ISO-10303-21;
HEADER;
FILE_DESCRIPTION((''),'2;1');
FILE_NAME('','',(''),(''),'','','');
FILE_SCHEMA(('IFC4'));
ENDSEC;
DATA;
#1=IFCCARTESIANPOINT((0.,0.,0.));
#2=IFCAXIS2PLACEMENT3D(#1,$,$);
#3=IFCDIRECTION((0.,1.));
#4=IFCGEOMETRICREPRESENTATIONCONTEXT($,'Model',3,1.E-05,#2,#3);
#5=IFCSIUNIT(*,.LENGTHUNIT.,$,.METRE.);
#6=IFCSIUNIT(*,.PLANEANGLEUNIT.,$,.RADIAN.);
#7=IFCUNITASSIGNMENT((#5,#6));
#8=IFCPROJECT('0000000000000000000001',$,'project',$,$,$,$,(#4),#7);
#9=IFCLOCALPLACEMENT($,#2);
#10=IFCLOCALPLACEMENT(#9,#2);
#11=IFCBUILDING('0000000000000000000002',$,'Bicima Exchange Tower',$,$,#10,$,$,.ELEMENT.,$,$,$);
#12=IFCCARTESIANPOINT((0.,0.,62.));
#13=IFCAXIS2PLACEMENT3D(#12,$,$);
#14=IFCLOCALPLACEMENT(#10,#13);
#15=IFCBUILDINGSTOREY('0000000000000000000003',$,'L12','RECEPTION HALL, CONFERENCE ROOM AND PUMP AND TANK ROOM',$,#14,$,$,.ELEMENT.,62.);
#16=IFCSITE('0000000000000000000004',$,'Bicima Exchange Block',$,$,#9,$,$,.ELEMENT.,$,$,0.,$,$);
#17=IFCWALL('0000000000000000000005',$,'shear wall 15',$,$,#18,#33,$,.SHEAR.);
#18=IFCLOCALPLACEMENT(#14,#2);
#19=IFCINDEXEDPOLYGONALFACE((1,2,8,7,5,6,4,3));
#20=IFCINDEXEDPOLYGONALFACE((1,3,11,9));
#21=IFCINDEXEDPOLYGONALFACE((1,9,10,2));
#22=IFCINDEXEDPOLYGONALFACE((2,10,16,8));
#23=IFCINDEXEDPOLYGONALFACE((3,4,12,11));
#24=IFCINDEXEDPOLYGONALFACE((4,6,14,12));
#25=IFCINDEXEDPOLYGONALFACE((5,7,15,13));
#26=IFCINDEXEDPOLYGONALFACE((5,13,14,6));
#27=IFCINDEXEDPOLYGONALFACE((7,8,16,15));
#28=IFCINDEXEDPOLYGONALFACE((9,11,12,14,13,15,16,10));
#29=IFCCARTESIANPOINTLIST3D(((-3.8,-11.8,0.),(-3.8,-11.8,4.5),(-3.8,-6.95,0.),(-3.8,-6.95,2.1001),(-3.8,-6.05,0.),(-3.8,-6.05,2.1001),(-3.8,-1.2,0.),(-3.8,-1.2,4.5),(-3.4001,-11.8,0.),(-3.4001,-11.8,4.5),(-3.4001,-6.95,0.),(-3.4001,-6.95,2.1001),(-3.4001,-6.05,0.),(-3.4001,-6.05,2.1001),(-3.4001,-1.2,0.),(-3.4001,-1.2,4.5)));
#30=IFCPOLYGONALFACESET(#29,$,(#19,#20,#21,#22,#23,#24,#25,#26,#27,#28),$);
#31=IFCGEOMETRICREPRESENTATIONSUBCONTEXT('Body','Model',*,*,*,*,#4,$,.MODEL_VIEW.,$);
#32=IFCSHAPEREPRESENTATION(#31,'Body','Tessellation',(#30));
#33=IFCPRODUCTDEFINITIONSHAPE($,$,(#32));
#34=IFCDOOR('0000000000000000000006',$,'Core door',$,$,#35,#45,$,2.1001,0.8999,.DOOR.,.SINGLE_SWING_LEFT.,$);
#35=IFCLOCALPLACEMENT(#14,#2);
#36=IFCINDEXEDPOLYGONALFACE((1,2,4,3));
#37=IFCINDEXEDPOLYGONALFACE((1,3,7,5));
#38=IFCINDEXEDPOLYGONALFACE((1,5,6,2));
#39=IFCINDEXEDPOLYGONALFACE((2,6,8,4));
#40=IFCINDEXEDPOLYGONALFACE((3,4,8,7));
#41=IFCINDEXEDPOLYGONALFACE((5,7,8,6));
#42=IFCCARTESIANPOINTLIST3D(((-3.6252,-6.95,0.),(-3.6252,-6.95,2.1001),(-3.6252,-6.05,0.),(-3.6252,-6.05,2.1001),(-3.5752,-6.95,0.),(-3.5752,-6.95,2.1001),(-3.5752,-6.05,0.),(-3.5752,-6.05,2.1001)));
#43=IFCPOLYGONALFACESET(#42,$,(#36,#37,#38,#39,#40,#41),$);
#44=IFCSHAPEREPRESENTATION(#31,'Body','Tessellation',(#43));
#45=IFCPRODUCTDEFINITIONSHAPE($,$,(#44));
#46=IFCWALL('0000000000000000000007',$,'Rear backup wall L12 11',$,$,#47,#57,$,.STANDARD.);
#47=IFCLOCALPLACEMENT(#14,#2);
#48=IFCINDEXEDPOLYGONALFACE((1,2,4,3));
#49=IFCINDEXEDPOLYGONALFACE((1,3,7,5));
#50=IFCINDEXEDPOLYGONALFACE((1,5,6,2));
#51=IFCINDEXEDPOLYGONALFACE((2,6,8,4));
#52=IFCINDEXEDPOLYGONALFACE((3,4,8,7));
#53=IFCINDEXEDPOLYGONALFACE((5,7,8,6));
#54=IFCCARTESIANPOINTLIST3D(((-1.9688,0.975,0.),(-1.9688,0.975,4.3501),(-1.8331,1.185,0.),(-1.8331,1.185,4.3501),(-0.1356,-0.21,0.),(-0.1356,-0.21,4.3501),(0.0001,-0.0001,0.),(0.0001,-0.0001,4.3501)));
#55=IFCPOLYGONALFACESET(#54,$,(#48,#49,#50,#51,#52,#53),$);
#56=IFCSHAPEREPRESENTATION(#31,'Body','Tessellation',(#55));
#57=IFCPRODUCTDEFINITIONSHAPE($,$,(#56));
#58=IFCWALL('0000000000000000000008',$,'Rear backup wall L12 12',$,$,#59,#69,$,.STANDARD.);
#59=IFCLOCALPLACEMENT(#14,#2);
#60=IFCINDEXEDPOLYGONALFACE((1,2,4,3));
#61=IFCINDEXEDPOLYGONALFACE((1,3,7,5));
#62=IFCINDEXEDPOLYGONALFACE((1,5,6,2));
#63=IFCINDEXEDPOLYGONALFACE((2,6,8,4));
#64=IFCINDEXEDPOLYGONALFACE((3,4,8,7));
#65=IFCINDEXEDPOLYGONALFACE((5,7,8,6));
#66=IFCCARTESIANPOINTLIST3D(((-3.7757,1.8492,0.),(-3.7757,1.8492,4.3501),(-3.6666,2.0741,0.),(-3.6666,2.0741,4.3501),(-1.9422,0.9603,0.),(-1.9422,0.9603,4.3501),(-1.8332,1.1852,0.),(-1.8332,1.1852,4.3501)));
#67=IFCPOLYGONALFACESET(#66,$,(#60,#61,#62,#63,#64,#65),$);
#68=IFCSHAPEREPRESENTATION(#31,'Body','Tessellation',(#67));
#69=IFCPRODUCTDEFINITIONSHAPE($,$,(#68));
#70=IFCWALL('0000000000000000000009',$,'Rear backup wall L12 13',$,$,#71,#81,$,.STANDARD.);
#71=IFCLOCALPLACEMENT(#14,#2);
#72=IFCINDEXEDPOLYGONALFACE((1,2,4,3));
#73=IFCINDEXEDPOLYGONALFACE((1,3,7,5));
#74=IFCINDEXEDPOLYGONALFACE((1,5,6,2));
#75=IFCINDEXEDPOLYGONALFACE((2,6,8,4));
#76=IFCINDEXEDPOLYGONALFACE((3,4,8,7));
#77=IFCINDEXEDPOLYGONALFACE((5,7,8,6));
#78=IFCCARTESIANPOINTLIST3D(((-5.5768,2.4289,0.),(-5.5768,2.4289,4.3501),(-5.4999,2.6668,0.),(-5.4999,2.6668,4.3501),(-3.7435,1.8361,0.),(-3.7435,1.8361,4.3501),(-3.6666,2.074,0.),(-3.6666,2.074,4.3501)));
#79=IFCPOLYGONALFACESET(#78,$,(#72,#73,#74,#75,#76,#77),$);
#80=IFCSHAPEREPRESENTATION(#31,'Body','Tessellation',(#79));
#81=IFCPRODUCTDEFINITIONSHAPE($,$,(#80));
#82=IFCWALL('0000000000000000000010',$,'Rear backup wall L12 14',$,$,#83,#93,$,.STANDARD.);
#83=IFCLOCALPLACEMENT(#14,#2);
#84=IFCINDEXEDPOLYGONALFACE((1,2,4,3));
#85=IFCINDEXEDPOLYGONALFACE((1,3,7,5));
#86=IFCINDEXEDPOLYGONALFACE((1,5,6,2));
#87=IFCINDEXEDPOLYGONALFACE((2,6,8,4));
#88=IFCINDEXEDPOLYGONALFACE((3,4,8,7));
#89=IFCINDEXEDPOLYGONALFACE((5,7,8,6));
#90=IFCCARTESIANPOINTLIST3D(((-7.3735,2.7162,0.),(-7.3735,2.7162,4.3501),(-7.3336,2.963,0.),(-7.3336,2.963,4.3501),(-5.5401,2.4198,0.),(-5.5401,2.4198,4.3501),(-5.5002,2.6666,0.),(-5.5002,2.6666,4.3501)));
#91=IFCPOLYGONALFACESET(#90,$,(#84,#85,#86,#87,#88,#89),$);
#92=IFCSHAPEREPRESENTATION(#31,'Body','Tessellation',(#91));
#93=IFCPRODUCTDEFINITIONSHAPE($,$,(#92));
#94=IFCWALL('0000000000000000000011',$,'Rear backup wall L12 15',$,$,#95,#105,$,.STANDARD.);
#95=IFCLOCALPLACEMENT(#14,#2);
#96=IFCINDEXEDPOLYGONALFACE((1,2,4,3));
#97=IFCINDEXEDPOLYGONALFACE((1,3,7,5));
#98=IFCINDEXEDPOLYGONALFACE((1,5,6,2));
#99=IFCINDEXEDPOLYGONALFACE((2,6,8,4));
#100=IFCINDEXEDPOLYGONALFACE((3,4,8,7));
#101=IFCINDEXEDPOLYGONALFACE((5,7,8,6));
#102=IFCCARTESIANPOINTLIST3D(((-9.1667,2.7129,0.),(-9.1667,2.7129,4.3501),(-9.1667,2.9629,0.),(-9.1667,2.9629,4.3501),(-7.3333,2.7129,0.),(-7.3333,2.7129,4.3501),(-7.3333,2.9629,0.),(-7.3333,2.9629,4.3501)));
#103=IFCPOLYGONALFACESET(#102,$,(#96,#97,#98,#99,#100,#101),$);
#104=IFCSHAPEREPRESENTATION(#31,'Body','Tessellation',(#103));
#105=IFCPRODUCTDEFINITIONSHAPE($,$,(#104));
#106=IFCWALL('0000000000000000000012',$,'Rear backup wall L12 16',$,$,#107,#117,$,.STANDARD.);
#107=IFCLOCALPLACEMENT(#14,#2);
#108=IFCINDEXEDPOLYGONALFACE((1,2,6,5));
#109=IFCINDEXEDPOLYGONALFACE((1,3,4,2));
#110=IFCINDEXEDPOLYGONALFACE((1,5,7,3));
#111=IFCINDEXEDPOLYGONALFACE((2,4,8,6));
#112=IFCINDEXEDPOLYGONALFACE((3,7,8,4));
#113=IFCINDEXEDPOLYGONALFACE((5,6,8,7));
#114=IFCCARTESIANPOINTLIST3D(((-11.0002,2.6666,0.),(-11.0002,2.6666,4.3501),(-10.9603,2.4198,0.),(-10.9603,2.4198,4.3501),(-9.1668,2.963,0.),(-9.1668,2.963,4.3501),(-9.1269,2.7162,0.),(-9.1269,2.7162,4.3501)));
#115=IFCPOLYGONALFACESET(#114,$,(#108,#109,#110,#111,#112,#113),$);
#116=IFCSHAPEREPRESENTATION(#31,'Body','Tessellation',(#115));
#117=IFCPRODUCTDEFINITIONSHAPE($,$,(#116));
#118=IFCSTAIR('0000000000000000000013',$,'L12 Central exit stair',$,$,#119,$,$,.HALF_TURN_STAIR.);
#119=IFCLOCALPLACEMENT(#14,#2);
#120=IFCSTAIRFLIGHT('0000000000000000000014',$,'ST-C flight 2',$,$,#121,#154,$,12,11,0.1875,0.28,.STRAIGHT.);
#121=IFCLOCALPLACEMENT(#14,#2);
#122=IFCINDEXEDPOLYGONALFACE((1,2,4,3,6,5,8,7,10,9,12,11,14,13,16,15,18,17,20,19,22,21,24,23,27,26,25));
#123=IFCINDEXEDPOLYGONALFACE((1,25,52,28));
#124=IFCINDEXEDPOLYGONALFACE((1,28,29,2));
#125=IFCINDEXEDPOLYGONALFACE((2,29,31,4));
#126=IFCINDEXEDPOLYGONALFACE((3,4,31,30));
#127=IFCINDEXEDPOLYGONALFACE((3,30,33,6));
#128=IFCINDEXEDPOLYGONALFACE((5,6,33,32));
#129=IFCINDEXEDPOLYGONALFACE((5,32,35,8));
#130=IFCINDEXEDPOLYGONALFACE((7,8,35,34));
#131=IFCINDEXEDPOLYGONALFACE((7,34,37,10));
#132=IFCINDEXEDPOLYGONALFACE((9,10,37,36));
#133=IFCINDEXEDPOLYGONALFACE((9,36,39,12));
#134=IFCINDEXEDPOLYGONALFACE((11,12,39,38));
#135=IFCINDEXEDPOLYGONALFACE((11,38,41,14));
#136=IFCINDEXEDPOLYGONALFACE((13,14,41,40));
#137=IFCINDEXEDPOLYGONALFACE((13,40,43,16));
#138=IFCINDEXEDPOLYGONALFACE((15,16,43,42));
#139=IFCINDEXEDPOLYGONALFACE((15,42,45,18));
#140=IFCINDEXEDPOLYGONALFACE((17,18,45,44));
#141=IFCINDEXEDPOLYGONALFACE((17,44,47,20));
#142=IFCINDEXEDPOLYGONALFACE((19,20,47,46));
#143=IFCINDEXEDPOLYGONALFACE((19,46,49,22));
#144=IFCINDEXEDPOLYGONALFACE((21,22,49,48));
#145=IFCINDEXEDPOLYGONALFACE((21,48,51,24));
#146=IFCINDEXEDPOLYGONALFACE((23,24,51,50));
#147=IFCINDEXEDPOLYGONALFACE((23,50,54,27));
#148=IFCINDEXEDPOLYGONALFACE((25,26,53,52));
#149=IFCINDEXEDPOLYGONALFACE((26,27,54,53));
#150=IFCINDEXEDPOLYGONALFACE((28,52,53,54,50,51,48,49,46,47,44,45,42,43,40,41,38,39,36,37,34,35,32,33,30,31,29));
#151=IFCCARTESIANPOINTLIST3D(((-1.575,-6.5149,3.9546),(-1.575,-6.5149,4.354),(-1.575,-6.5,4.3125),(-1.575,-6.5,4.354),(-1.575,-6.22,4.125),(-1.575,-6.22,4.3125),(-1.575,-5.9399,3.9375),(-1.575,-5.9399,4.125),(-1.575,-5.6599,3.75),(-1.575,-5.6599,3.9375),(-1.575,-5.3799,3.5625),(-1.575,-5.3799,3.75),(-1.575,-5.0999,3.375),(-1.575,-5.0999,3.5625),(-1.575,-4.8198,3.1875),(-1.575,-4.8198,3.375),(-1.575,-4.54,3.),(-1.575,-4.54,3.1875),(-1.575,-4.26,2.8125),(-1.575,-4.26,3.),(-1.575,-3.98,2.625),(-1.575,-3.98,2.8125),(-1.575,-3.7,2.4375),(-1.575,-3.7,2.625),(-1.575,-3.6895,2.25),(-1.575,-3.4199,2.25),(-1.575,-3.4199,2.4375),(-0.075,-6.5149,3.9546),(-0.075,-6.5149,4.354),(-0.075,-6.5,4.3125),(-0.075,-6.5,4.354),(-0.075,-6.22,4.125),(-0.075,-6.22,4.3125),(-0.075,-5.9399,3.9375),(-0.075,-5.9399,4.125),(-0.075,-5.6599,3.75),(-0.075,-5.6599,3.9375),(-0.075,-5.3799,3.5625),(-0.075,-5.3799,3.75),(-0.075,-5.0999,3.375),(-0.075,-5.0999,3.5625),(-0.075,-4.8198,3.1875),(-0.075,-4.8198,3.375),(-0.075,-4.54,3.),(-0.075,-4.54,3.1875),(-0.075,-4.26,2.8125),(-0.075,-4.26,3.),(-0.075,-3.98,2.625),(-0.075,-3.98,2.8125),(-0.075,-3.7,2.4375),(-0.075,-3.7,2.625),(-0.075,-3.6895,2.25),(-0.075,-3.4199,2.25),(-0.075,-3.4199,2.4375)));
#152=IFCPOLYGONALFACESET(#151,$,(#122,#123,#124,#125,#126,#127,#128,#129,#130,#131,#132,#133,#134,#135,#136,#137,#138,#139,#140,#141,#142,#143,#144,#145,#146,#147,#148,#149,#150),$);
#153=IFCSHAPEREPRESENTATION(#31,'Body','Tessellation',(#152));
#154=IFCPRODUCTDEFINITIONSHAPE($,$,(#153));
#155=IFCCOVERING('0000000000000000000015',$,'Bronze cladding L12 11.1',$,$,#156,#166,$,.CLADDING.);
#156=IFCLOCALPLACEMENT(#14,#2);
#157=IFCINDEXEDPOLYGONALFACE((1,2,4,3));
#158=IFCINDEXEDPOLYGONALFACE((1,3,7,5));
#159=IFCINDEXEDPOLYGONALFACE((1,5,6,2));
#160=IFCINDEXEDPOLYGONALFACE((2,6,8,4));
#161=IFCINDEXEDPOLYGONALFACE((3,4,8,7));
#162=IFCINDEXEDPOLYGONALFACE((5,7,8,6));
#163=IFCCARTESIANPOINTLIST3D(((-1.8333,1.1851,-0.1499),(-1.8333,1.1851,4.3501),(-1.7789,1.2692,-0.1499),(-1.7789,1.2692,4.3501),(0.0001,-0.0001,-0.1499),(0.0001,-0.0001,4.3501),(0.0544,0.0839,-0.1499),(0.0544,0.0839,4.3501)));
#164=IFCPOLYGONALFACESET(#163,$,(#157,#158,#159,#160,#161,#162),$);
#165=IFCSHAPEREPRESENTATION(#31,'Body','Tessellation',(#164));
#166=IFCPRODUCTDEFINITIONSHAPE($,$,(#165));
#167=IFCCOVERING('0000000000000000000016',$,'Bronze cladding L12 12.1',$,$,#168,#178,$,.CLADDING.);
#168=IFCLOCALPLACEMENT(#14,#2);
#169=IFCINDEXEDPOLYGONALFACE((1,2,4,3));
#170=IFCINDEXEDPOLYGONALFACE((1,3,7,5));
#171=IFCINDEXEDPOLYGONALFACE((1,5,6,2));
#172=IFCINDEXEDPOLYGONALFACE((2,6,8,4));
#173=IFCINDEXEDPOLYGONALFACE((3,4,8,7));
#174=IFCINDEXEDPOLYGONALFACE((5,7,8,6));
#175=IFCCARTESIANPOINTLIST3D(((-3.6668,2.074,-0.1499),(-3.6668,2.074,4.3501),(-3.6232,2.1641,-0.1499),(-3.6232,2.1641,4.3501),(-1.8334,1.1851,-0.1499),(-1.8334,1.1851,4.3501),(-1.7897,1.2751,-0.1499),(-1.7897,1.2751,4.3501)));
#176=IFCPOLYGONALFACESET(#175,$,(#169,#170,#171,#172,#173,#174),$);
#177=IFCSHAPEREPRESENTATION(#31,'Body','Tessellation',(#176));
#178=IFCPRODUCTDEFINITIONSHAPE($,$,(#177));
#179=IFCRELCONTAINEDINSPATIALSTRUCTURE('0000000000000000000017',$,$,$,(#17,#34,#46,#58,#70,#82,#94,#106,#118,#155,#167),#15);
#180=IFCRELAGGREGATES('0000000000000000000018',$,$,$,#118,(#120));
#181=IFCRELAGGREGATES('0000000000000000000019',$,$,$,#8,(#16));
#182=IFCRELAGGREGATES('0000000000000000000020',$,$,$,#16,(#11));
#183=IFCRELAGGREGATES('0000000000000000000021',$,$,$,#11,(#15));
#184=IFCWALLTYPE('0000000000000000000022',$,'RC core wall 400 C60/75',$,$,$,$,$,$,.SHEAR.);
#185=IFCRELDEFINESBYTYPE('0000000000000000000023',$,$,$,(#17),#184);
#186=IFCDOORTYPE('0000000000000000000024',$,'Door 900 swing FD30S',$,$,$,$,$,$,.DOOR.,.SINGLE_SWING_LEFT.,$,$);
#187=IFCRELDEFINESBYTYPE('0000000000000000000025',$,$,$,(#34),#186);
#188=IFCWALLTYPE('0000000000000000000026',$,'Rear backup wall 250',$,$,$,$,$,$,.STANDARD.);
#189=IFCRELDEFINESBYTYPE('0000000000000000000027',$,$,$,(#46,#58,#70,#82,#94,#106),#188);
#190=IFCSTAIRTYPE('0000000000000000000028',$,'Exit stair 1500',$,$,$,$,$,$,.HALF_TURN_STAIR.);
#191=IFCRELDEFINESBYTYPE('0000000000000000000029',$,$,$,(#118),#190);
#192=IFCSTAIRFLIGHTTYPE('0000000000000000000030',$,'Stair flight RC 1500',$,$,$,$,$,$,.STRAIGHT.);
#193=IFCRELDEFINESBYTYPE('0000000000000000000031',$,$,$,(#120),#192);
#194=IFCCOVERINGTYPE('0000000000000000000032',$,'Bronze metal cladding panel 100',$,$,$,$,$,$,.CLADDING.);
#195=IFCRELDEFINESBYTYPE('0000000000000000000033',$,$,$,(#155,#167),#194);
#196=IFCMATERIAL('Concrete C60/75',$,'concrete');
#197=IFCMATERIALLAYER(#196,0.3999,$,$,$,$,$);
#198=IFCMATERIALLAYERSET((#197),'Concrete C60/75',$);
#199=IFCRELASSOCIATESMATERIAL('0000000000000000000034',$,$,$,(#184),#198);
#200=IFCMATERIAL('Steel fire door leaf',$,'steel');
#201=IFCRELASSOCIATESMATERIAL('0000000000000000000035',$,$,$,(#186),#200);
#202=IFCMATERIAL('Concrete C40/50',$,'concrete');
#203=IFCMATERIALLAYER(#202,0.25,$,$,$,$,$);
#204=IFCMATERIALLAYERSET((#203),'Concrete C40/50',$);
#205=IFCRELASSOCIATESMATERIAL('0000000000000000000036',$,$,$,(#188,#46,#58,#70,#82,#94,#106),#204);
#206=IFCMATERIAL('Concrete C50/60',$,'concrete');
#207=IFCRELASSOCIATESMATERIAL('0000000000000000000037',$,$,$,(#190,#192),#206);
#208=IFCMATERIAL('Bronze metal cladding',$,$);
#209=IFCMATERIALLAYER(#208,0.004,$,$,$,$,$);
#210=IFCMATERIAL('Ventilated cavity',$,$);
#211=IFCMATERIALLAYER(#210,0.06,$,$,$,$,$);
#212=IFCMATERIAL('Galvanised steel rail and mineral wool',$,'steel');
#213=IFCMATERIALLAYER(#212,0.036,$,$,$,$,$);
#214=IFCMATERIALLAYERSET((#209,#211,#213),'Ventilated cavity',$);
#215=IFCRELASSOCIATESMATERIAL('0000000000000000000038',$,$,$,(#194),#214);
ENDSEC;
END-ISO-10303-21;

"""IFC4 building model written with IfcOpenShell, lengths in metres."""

from ifc_helpers import new_model, si_unit, direction, frame, frame_2d, origin, origin_2d, place, context, subcontext, project, spatial, polyline, rectangle, outline, extrude, material, layer, layer_set, layer_usage, type_object, element, fill, aggregate, save


model = new_model("IFC4")

# Units and contexts
model_context = context("Model", 3, precision=1e-05, world=origin(), true_north=direction((0.0, 1.0)))
body_context = subcontext(model_context, "Body", "Model", "MODEL_VIEW")
ifc_project = project(units=[si_unit("LENGTHUNIT", "METRE"), si_unit("PLANEANGLEUNIT", "RADIAN")], contexts=[model_context])

# Site, building, storey
site_placement = place(None, origin())
site = spatial("IfcSite", under=ifc_project, at=site_placement, Name="Bicima Exchange Block", CompositionType="ELEMENT", RefElevation=0.0)
building_placement = place(site_placement, origin())
building = spatial("IfcBuilding", under=site, at=building_placement, Name="Bicima Exchange Tower", CompositionType="ELEMENT")
storey_placement = place(building_placement, frame((0.0, 0.0, 62.0)))
storey = spatial("IfcBuildingStorey", under=building, at=storey_placement, Name="L12", Description="RECEPTION HALL, CONFERENCE ROOM AND PUMP AND TANK ROOM", CompositionType="ELEMENT", Elevation=62.0)

# Shared definitions
ifc_material_1 = material(Name="Concrete C50/60", Category="concrete")
ifc_material_2 = material(Name="Steel fire door leaf", Category="steel")

# Wall, opening, door
ifc_material_3 = material(Name="Concrete C60/75", Category="concrete")
ifc_layer_1 = layer(ifc_material_3, 0.3999)
ifc_layer_set_1 = layer_set([ifc_layer_1], Name="Concrete C60/75")
wall_type_1 = type_object("IfcWallType", Name="RC core wall 400 C60/75", PredefinedType="SHEAR", material=ifc_layer_set_1)
door_type_1 = type_object("IfcDoorType", Name="Door 900 swing FD30S", OperationType="SINGLE_SWING_LEFT", PredefinedType="DOOR", material=ifc_material_2)
wall_1_placement = place(storey_placement, frame((-3.6001, -11.8, 0.0), z_axis=(0.0, 0.0, 1.0), x_axis=(0.0, 1.0, 0.0)))
wall_1 = element("IfcWall", 1, at=wall_1_placement, inside=storey, type_object=wall_type_1, Name="shear wall 15", PredefinedType="SHEAR", context=body_context, shape_type="SweptSolid", body=[
    extrude(rectangle(XDim=10.6001, YDim=0.3999, at=frame_2d((5.3, 0.0))), origin(), (0.0, 0.0, 1.0), 4.5),
])
opening_1_placement = place(wall_1_placement, frame((4.8501, 0.0, 0.0)))
opening_1 = element("IfcOpeningElement", 2, at=opening_1_placement, cuts=wall_1, PredefinedType="OPENING", context=body_context, shape_type="SweptSolid", body=[
    extrude(rectangle(XDim=0.8999, YDim=2.1001, at=frame_2d((0.45, 1.05))), frame((0.0, 0.2119, 0.0), z_axis=(0.0, -1.0, 0.0), x_axis=(1.0, 0.0, 0.0)), (0.0, 0.0, 1.0), 0.4238),
])
door_1_placement = place(opening_1_placement, frame((0.8999, 0.0, 0.0), z_axis=(0.0, 0.0, 1.0), x_axis=(-1.0, 0.0, 0.0)))
door_1 = element("IfcDoor", 3, at=door_1_placement, inside=storey, type_object=door_type_1, Name="Core door", OperationType="SINGLE_SWING_LEFT", OverallHeight=2.1001, OverallWidth=0.8999, PredefinedType="DOOR", context=body_context, shape_type="SweptSolid", body=[
    extrude(rectangle(XDim=0.8999, YDim=2.1001, at=frame_2d((0.45, 1.05))), frame((0.0, 0.0249, 0.0), z_axis=(0.0, -1.0, 0.0), x_axis=(1.0, 0.0, 0.0)), (0.0, 0.0, 1.0), 0.05),
])
fill(opening_1, door_1)

# Walls
ifc_material_4 = material(Name="Concrete C40/50", Category="concrete")
ifc_layer_2 = layer(ifc_material_4, 0.25)
ifc_layer_set_2 = layer_set([ifc_layer_2], Name="Concrete C40/50")
ifc_layer_usage = layer_usage(ifc_layer_set_2, "AXIS2", "POSITIVE", -0.125)
wall_type_2 = type_object("IfcWallType", Name="Rear backup wall 250", PredefinedType="STANDARD", material=ifc_layer_set_2)
wall_2_placement = place(storey_placement, frame((-0.0679, -0.105, 0.0), z_axis=(0.0, 0.0, 1.0), x_axis=(-0.839813, 0.542876, 0.0)))
element("IfcWall", 4, at=wall_2_placement, inside=storey, type_object=wall_type_2, material=ifc_layer_usage, Name="Rear backup wall L12 11", PredefinedType="STANDARD", context=body_context, shape_type="SweptSolid", body=[
    extrude(rectangle(XDim=2.1829, YDim=0.25, at=frame_2d((1.0913, 0.0))), origin(), (0.0, 0.0, 1.0), 4.3501),
])
wall_3_placement = place(storey_placement, frame((-1.8877, 1.0728, 0.0), z_axis=(0.0, 0.0, 1.0), x_axis=(-0.899824, 0.436253, 0.0)))
element("IfcWall", 5, at=wall_3_placement, inside=storey, type_object=wall_type_2, material=ifc_layer_usage, Name="Rear backup wall L12 12", PredefinedType="STANDARD", context=body_context, shape_type="SweptSolid", body=[
    extrude(rectangle(XDim=2.0376, YDim=0.25, at=frame_2d((1.0188, 0.0))), origin(), (0.0, 0.0, 1.0), 4.3501),
])
wall_4_placement = place(storey_placement, frame((-3.7051, 1.9551, 0.0), z_axis=(0.0, 0.0, 1.0), x_axis=(-0.951496, 0.307662, 0.0)))
element("IfcWall", 6, at=wall_4_placement, inside=storey, type_object=wall_type_2, material=ifc_layer_usage, Name="Rear backup wall L12 13", PredefinedType="STANDARD", context=body_context, shape_type="SweptSolid", body=[
    extrude(rectangle(XDim=1.9268, YDim=0.25, at=frame_2d((0.9634, 0.0))), origin(), (0.0, 0.0, 1.0), 4.3501),
])
wall_5_placement = place(storey_placement, frame((-5.52, 2.5432, 0.0), z_axis=(0.0, 0.0, 1.0), x_axis=(-0.987182, 0.1596, 0.0)))
element("IfcWall", 7, at=wall_5_placement, inside=storey, type_object=wall_type_2, material=ifc_layer_usage, Name="Rear backup wall L12 14", PredefinedType="STANDARD", context=body_context, shape_type="SweptSolid", body=[
    extrude(rectangle(XDim=1.8572, YDim=0.25, at=frame_2d((0.9287, 0.0))), origin(), (0.0, 0.0, 1.0), 4.3501),
])
wall_6_placement = place(storey_placement, frame((-7.3333, 2.8379, 0.0), z_axis=(0.0, 0.0, 1.0), x_axis=(-1.0, 0.0, 0.0)))
element("IfcWall", 8, at=wall_6_placement, inside=storey, type_object=wall_type_2, material=ifc_layer_usage, Name="Rear backup wall L12 15", PredefinedType="STANDARD", context=body_context, shape_type="SweptSolid", body=[
    extrude(rectangle(XDim=1.8335, YDim=0.25, at=frame_2d((0.9167, 0.0))), origin(), (0.0, 0.0, 1.0), 4.3501),
])
wall_7_placement = place(storey_placement, frame((-9.1467, 2.8396, 0.0), z_axis=(0.0, 0.0, 1.0), x_axis=(-0.987182, -0.1596, 0.0)))
element("IfcWall", 9, at=wall_7_placement, inside=storey, type_object=wall_type_2, material=ifc_layer_usage, Name="Rear backup wall L12 16", PredefinedType="STANDARD", context=body_context, shape_type="SweptSolid", body=[
    extrude(rectangle(XDim=1.8572, YDim=0.25, at=frame_2d((0.9287, 0.0))), origin(), (0.0, 0.0, 1.0), 4.3501),
])

# Stair, stair flight
stair_type = type_object("IfcStairType", Name="Exit stair 1500", PredefinedType="HALF_TURN_STAIR", material=ifc_material_1)
stair_placement = place(storey_placement, origin())
stair = element("IfcStair", 10, at=stair_placement, inside=storey, type_object=stair_type, Name="L12 Central exit stair", PredefinedType="HALF_TURN_STAIR")
stair_flight_type = type_object("IfcStairFlightType", Name="Stair flight RC 1500", PredefinedType="STRAIGHT", material=ifc_material_1)
stair_flight_placement = place(storey_placement, frame((-0.825, -3.4199, 2.25), z_axis=(0.0, 0.0, 1.0), x_axis=(0.0, -1.0, 0.0)))
stair_flight = element("IfcStairFlight", 11, at=stair_flight_placement, type_object=stair_flight_type, Name="ST-C flight 2", NumberOfRisers=12, NumberOfTreads=11, PredefinedType="STRAIGHT", RiserHeight=0.1875, TreadLength=0.28, context=body_context, shape_type="SweptSolid", body=[
    extrude(outline(polyline([(0.0, 0.0), (0.0, 0.1875), (0.28, 0.1875), (0.28, 0.375), (0.5601, 0.375), (0.5601, 0.5625), (0.8401, 0.5625), (0.8401, 0.75), (1.1201, 0.75), (1.1201, 0.9375), (1.3999, 0.9375), (1.3999, 1.125), (1.6799, 1.125), (1.6799, 1.3125), (1.96, 1.3125), (1.96, 1.5), (2.24, 1.5), (2.24, 1.6875), (2.52, 1.6875), (2.52, 1.875), (2.8, 1.875), (2.8, 2.0625), (3.0801, 2.0625), (3.0801, 2.104), (3.095, 2.104), (3.095, 1.7046), (0.2695, 0.0), (0.0, 0.0)])), frame((0.0, 0.75, 0.0), z_axis=(0.0, -1.0, 0.0), x_axis=(1.0, 0.0, 0.0)), (0.0, 0.0, 1.0), 1.5),
])
aggregate(stair, [stair_flight])

# Coverings
ifc_material_5 = material(Name="Bronze metal cladding")
ifc_layer_3 = layer(ifc_material_5, 0.004)
ifc_material_6 = material(Name="Ventilated cavity")
ifc_layer_4 = layer(ifc_material_6, 0.06)
ifc_material_7 = material(Name="Galvanised steel rail and mineral wool", Category="steel")
ifc_layer_5 = layer(ifc_material_7, 0.036)
ifc_layer_set_3 = layer_set([ifc_layer_3, ifc_layer_4, ifc_layer_5], Name="Ventilated cavity")
covering_type = type_object("IfcCoveringType", Name="Bronze metal cladding panel 100", PredefinedType="CLADDING", material=ifc_layer_set_3)
covering_1_placement = place(storey_placement, frame((-0.8894, 0.6345, -0.1499), z_axis=(0.0, 0.0, 1.0), x_axis=(-0.83979, 0.542911, 0.0)))
element("IfcCovering", 12, at=covering_1_placement, inside=storey, type_object=covering_type, Name="Bronze cladding L12 11.1", PredefinedType="CLADDING", context=body_context, shape_type="SweptSolid", body=[
    extrude(rectangle(XDim=2.1831, YDim=0.1001, at=origin_2d()), origin(), (0.0, 0.0, 1.0), 4.5),
])
covering_2_placement = place(storey_placement, frame((-2.7283, 1.6746, -0.1499), z_axis=(0.0, 0.0, 1.0), x_axis=(-0.899818, 0.436265, 0.0)))
element("IfcCovering", 13, at=covering_2_placement, inside=storey, type_object=covering_type, Name="Bronze cladding L12 12.1", PredefinedType="CLADDING", context=body_context, shape_type="SweptSolid", body=[
    extrude(rectangle(XDim=2.0376, YDim=0.1001, at=origin_2d()), origin(), (0.0, 0.0, 1.0), 4.5),
])

save(model, "model.ifc")
